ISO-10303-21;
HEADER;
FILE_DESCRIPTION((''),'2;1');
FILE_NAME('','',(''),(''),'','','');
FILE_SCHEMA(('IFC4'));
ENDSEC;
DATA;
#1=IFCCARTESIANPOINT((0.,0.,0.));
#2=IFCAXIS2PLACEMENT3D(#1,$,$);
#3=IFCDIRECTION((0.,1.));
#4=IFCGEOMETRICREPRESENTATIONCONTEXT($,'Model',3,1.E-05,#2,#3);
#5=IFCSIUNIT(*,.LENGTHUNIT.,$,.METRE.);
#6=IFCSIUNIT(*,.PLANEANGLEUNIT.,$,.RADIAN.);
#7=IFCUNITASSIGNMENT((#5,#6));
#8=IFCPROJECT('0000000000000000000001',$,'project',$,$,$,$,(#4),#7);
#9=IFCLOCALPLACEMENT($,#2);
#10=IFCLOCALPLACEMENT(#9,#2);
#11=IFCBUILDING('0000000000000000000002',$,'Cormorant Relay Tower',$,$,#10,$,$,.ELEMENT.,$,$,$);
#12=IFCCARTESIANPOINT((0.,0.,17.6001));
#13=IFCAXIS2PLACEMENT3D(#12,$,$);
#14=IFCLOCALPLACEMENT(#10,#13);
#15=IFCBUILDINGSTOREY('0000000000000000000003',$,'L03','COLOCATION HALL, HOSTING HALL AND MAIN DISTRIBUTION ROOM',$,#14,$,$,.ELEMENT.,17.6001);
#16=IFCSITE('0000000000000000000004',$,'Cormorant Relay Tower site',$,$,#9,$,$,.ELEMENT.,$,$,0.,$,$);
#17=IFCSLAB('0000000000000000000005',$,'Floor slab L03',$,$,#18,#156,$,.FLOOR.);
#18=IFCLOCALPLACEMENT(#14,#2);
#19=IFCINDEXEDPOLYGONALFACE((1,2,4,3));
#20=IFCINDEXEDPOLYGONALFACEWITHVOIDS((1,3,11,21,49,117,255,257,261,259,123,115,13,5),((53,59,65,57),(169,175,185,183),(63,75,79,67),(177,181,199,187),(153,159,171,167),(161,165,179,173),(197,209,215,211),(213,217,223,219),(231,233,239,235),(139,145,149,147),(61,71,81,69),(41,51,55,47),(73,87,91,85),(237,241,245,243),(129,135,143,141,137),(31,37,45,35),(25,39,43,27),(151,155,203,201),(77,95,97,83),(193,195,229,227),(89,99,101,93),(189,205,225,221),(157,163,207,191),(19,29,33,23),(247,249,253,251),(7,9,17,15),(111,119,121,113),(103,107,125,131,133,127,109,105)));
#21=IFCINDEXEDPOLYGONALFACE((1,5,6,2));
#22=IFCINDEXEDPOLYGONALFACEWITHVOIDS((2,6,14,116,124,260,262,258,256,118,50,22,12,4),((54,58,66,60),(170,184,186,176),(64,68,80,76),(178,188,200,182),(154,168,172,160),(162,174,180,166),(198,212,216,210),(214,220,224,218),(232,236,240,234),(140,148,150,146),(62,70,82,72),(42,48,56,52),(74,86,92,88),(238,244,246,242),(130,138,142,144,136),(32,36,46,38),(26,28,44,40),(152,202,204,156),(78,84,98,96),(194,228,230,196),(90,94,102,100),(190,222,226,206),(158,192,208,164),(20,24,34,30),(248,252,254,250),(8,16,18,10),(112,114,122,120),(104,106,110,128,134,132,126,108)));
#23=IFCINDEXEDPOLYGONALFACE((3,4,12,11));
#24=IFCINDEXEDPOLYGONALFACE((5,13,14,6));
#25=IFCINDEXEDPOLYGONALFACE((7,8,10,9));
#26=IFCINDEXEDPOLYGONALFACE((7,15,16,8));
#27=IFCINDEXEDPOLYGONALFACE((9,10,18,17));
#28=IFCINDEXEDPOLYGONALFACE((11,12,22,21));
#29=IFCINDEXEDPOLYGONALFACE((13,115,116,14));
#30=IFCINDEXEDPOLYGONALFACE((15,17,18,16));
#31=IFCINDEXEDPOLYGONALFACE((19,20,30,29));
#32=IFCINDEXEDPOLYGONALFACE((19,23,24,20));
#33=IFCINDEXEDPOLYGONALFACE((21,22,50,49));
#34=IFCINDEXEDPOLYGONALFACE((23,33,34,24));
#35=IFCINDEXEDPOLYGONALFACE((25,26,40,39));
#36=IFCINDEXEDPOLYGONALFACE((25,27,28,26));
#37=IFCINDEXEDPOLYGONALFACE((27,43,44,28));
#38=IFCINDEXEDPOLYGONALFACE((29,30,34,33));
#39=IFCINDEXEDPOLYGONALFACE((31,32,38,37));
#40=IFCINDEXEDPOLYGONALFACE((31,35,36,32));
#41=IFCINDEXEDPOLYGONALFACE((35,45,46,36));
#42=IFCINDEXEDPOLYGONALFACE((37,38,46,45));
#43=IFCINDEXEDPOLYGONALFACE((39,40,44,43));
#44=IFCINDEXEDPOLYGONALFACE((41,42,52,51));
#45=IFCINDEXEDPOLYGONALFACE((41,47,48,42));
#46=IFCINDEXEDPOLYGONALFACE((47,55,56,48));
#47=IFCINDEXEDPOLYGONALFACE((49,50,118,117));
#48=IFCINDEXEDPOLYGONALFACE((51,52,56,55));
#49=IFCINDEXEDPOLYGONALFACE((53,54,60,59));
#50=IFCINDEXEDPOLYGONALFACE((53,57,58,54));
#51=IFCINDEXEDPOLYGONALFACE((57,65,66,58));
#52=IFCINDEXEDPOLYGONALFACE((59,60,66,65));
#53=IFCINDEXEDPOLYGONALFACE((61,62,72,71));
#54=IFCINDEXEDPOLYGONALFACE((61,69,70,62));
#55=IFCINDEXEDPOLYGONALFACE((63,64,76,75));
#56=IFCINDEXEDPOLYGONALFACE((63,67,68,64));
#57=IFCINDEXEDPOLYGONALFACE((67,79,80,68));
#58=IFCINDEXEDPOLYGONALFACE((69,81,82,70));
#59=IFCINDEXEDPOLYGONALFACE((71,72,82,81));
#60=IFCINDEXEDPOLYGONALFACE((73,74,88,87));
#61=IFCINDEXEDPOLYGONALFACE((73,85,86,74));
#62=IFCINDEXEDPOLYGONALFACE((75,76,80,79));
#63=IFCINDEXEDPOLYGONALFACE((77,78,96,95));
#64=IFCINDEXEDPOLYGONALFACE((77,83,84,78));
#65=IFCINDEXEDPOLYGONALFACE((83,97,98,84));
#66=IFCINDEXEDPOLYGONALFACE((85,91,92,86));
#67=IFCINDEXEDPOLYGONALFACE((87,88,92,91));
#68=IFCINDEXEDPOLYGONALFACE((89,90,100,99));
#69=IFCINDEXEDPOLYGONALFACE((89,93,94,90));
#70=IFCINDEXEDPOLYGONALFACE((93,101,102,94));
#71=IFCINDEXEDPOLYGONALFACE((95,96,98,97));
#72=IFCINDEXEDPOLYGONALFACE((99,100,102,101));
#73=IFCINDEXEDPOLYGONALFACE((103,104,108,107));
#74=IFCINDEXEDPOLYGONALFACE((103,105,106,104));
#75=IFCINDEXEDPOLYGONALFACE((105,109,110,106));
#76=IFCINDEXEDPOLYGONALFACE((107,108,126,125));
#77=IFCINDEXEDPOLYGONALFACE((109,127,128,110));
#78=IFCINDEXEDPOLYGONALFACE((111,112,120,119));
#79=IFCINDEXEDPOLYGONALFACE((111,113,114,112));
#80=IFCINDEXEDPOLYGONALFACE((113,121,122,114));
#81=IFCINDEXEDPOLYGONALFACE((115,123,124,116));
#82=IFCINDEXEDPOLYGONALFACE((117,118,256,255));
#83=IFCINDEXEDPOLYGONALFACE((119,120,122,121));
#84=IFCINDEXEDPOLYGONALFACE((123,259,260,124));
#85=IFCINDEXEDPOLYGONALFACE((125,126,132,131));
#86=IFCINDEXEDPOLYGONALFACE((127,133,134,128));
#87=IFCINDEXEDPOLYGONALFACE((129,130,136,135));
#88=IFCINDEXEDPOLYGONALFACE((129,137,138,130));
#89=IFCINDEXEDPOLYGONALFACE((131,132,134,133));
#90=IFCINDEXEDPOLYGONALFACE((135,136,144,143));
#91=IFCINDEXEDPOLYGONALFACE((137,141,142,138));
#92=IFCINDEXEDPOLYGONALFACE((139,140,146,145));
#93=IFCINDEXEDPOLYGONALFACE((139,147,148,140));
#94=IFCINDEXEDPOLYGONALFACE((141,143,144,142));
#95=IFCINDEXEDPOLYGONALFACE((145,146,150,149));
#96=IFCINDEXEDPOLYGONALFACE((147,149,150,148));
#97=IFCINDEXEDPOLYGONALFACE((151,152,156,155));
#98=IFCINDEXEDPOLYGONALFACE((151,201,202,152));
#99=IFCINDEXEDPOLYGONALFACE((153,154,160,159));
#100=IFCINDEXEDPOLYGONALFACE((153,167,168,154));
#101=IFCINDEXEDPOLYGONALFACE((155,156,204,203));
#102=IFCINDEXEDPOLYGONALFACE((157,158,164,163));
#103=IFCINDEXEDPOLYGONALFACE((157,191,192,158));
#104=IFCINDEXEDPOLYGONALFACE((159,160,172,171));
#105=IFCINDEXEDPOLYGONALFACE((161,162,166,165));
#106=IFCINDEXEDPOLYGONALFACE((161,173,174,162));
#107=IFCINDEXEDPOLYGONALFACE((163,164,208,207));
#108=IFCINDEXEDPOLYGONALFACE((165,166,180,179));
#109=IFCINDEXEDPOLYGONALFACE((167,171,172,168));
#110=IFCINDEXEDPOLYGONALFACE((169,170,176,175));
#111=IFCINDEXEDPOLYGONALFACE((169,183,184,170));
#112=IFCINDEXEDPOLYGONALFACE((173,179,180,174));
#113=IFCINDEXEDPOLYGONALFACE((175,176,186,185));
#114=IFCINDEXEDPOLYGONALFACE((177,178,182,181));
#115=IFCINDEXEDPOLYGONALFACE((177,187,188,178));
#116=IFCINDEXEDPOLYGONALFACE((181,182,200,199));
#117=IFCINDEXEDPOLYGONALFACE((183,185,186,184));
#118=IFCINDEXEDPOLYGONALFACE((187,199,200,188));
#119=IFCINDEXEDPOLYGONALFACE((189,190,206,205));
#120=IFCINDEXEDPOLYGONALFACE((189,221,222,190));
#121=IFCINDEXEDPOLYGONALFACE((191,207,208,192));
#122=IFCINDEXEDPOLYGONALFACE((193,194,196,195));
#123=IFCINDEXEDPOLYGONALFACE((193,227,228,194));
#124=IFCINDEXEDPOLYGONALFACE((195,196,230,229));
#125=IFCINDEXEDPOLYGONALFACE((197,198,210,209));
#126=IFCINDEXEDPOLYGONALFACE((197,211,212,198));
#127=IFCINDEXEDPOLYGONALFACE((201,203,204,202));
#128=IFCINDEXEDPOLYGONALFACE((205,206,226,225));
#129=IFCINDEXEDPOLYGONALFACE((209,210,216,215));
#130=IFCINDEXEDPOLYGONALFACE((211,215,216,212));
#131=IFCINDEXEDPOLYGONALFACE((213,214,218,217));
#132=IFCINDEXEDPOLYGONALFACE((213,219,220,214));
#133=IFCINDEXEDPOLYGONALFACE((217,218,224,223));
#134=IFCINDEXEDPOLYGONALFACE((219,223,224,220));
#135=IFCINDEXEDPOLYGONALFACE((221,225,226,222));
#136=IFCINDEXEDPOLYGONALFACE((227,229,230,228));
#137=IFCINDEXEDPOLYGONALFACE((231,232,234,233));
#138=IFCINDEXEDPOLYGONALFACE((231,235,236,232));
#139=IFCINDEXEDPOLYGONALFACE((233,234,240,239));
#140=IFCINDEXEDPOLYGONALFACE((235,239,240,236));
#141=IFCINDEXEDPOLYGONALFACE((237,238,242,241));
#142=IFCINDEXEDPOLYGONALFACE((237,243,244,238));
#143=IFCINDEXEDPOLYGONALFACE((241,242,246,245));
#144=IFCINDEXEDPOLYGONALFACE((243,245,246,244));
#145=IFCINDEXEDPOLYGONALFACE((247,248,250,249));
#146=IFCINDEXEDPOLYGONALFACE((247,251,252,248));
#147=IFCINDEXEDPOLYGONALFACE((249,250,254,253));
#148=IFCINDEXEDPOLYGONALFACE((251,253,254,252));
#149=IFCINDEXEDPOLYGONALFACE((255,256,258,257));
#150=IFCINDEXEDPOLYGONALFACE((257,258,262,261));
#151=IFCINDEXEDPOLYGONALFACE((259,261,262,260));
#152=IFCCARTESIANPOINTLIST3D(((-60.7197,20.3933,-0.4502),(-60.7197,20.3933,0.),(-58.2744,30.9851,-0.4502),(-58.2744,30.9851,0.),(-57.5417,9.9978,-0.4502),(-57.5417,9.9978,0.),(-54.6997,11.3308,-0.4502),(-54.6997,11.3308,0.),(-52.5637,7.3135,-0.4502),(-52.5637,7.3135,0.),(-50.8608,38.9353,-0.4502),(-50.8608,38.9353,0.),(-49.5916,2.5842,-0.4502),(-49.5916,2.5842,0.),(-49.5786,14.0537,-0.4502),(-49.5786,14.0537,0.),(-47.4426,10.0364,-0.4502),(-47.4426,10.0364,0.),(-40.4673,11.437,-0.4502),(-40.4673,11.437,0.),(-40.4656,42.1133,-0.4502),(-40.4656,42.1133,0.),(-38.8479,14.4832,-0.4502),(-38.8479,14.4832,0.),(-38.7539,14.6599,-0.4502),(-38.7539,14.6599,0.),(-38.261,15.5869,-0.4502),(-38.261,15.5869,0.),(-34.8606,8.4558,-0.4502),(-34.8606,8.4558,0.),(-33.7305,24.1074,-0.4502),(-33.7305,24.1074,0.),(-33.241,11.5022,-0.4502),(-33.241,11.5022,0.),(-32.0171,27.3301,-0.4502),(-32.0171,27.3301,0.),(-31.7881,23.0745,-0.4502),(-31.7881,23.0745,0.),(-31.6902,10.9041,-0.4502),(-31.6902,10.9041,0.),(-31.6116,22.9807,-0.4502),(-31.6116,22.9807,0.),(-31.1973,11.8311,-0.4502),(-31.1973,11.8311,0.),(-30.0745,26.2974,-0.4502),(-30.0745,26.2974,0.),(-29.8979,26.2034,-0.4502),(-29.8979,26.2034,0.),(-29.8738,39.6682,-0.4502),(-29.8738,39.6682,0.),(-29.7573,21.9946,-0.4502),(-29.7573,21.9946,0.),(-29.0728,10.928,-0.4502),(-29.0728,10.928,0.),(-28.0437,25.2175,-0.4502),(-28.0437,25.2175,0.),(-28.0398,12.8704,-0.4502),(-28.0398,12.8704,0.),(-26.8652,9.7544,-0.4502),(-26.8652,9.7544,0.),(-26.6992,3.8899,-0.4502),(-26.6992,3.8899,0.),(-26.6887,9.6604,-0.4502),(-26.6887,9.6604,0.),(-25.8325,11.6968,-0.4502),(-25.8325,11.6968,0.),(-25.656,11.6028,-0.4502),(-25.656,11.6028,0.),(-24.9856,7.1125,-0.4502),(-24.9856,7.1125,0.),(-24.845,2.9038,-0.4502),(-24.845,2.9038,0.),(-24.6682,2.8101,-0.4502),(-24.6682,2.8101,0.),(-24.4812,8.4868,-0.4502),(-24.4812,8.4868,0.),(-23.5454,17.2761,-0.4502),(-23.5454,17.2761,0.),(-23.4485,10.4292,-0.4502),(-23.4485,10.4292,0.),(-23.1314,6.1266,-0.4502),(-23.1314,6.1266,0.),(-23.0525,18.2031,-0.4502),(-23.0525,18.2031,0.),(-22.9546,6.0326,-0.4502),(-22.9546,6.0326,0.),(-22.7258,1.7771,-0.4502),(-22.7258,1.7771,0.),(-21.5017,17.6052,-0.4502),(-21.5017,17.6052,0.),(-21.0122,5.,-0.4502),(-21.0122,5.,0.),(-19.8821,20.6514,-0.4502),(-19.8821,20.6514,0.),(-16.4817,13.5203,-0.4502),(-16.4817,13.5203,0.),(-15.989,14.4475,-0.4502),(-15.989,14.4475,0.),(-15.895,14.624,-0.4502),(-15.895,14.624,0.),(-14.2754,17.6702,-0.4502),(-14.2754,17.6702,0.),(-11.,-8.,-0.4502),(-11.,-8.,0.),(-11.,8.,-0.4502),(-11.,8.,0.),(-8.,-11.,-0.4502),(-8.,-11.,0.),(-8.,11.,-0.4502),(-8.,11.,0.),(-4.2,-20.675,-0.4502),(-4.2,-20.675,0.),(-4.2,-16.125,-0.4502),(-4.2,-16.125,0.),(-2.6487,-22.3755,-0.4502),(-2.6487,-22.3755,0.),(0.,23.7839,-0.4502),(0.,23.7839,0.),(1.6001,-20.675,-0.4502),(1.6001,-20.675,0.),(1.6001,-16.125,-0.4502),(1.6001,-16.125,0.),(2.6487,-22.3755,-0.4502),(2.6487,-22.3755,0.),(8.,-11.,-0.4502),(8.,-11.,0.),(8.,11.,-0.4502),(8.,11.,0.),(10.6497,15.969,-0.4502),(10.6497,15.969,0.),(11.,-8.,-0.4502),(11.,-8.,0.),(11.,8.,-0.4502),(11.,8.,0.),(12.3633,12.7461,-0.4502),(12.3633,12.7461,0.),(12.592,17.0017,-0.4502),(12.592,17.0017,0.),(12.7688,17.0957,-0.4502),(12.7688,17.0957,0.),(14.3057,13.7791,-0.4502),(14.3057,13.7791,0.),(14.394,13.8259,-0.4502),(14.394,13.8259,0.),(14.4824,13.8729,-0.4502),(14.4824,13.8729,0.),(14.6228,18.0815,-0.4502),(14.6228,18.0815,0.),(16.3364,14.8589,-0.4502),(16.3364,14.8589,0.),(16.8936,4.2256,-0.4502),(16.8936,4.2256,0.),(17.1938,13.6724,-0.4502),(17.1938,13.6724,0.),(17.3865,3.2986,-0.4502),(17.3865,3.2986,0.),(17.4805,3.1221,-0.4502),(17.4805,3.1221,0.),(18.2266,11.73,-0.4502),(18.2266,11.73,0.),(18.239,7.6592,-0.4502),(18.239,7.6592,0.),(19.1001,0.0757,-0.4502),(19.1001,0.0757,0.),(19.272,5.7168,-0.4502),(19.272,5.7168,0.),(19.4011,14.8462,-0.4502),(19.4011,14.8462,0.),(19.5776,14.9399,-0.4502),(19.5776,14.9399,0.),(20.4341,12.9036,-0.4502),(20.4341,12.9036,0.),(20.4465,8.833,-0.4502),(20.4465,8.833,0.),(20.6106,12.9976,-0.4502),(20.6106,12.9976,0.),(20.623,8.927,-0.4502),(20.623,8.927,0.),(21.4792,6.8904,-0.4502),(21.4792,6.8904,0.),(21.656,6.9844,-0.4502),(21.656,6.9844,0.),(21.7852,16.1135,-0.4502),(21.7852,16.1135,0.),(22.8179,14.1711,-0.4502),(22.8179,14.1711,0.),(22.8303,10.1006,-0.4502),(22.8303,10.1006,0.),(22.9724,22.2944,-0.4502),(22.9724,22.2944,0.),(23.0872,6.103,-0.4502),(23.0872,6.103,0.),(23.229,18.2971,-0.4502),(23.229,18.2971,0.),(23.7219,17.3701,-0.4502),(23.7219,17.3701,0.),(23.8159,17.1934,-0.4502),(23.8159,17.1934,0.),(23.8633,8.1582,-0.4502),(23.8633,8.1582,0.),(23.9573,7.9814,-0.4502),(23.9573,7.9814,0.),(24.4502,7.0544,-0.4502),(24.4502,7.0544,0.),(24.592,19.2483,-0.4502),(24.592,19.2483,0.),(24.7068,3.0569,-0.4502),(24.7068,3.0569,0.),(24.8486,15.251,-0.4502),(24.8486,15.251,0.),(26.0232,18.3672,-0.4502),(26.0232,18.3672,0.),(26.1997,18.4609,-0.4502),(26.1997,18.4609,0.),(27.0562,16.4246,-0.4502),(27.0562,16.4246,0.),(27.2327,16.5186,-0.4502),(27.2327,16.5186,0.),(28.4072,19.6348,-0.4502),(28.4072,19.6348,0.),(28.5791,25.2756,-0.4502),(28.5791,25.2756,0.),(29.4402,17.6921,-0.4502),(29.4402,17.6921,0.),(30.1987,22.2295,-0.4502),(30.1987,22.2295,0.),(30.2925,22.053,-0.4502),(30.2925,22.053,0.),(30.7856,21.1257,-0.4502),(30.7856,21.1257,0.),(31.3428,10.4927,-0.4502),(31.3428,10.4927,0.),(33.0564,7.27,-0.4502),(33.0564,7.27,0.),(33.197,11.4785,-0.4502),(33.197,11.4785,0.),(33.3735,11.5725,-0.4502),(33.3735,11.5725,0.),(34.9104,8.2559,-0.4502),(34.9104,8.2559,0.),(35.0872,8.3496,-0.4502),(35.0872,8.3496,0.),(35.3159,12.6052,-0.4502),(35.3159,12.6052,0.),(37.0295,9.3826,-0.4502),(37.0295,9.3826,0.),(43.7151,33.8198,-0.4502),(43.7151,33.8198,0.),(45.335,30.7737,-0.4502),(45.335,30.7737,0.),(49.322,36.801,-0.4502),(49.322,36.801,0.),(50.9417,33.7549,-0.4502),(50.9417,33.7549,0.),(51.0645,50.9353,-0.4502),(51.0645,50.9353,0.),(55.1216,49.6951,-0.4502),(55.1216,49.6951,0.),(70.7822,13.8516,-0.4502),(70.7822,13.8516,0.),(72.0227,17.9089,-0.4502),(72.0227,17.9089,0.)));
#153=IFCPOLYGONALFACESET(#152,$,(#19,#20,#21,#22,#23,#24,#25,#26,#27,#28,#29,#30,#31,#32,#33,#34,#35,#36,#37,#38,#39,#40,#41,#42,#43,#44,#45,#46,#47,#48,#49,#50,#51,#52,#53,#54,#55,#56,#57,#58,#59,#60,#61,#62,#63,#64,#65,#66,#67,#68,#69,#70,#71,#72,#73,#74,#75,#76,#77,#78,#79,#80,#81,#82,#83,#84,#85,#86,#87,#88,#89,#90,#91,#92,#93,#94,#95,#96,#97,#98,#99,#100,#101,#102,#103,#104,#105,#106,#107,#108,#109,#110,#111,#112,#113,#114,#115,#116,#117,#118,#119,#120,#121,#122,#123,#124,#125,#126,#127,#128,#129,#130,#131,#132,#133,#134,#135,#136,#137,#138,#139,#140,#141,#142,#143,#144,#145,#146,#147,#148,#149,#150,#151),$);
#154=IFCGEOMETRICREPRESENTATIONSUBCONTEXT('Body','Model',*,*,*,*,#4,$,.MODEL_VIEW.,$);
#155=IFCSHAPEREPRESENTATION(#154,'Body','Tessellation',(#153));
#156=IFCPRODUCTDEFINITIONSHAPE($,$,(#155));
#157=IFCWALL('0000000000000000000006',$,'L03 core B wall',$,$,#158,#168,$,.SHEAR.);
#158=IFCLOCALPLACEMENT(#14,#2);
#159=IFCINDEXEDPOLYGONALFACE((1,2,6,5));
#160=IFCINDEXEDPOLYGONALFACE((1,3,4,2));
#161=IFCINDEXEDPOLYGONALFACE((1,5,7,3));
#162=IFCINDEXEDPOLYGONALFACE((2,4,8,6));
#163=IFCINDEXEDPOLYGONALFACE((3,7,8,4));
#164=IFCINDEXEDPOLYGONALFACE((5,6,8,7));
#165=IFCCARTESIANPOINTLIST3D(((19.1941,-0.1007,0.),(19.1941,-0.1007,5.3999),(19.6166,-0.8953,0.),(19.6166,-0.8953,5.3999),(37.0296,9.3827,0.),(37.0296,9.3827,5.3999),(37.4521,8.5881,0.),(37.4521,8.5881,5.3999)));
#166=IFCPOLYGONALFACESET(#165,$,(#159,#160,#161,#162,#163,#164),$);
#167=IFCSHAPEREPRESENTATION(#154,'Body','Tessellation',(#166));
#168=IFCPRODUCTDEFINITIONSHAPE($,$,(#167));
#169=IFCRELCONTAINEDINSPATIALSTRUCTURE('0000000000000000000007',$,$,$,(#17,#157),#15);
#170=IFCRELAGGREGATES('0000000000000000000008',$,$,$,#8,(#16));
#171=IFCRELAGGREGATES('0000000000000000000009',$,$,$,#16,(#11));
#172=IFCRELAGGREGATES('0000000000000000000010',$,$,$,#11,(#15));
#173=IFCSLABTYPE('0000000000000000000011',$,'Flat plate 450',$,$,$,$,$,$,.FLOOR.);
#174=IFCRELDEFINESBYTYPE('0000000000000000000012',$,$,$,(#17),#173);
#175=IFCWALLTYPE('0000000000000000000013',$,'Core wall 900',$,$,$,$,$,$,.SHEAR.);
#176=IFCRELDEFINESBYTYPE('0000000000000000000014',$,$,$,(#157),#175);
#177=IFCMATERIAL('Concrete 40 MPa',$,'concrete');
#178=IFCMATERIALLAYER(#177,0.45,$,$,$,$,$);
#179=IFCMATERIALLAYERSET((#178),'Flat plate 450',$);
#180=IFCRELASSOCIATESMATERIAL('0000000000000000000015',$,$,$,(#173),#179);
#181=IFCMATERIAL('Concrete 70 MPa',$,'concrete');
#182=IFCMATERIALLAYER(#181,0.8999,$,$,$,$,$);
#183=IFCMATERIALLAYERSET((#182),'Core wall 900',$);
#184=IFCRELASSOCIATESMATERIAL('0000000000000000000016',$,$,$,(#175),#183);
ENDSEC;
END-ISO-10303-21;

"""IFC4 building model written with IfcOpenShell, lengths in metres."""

from ifc_helpers import new_model, si_unit, direction, frame, frame_2d, origin, place, context, subcontext, project, spatial, polyline, rectangle, outline, extrude, material, layer, layer_set, type_object, element, save


model = new_model("IFC4")

# Units and contexts
model_context = context("Model", 3, precision=1e-05, world=origin(), true_north=direction((0.0, 1.0)))
body_context = subcontext(model_context, "Body", "Model", "MODEL_VIEW")
ifc_project = project(units=[si_unit("LENGTHUNIT", "METRE"), si_unit("PLANEANGLEUNIT", "RADIAN")], contexts=[model_context])

# Site, building, storey
site_placement = place(None, origin())
site = spatial("IfcSite", under=ifc_project, at=site_placement, Name="Cormorant Relay Tower site", CompositionType="ELEMENT", RefElevation=0.0)
building_placement = place(site_placement, origin())
building = spatial("IfcBuilding", under=site, at=building_placement, Name="Cormorant Relay Tower", CompositionType="ELEMENT")
storey_placement = place(building_placement, frame((0.0, 0.0, 17.6001)))
storey = spatial("IfcBuildingStorey", under=building, at=storey_placement, Name="L03", Description="COLOCATION HALL, HOSTING HALL AND MAIN DISTRIBUTION ROOM", CompositionType="ELEMENT", Elevation=17.6001)

# Slab
ifc_material_1 = material(Name="Concrete 40 MPa", Category="concrete")
ifc_layer_1 = layer(ifc_material_1, 0.45)
ifc_layer_set_1 = layer_set([ifc_layer_1], Name="Flat plate 450")
slab_type_1 = type_object("IfcSlabType", Name="Flat plate 450", PredefinedType="FLOOR", material=ifc_layer_set_1)
slab_1_placement = place(storey_placement, frame((0.0, 0.0, -0.4502)))
element("IfcSlab", 1, at=slab_1_placement, inside=storey, type_object=slab_type_1, Name="Floor slab L03", PredefinedType="FLOOR", context=body_context, shape_type="SweptSolid", body=[
    extrude(outline(polyline([(-60.7197, 20.3933), (-58.2744, 30.9851), (-50.8608, 38.9353), (-40.4656, 42.1133), (-29.8738, 39.6682), (0.0, 23.7839), (51.0645, 50.9353), (55.1216, 49.6951), (72.0227, 17.9089), (70.7822, 13.8516), (2.6487, -22.3755), (-2.6487, -22.3755), (-49.5916, 2.5842), (-57.5417, 9.9978), (-60.7197, 20.3933)]), holes=[polyline([(11.0, -8.0), (11.0, 8.0), (8.0, 11.0), (-8.0, 11.0), (-11.0, 8.0), (-11.0, -8.0), (-8.0, -11.0), (8.0, -11.0), (11.0, -8.0)]), polyline([(-4.2, -16.125), (-4.2, -20.675), (1.6001, -20.675), (1.6001, -16.125), (-4.2, -16.125)]), polyline([(-22.9546, 6.0327), (-24.6682, 2.8101), (-22.7258, 1.7771), (-21.0122, 5.0), (-23.043, 6.0796), (-22.9546, 6.0327)]), polyline([(-24.9856, 7.1125), (-26.6992, 3.8899), (-24.845, 2.9038), (-23.1313, 6.1267), (-23.043, 6.0796), (-24.9856, 7.1125)]), polyline([(-24.4812, 8.4868), (-23.4485, 10.4292), (-25.656, 11.6028), (-26.6887, 9.6604), (-24.4812, 8.4868)]), polyline([(-49.5786, 14.0537), (-54.6997, 11.3308), (-52.5637, 7.3135), (-47.4426, 10.0364), (-49.5786, 14.0537)]), polyline([(-25.8325, 11.6968), (-28.0398, 12.8704), (-29.0728, 10.928), (-26.8652, 9.7544), (-25.8325, 11.6968)]), polyline([(-38.8479, 14.4832), (-40.4673, 11.437), (-34.8606, 8.4558), (-33.241, 11.5022), (-38.8479, 14.4832)]), polyline([(-38.261, 15.5869), (-38.7539, 14.6599), (-31.6902, 10.9041), (-31.1973, 11.8311), (-38.261, 15.5869)]), polyline([(14.3057, 13.7791), (12.592, 17.0017), (10.6497, 15.969), (12.3633, 12.7461), (14.394, 13.8259), (14.3057, 13.7791)]), polyline([(16.3364, 14.8589), (14.6228, 18.0815), (12.7688, 17.0957), (14.4824, 13.8728), (14.394, 13.8259), (16.3364, 14.8589)]), polyline([(-16.4817, 13.5203), (-15.989, 14.4475), (-23.0525, 18.2031), (-23.5454, 17.2761), (-16.4817, 13.5203)]), polyline([(-21.5017, 17.6052), (-15.895, 14.624), (-14.2754, 17.6702), (-19.8821, 20.6514), (-21.5017, 17.6052)]), polyline([(-31.6116, 22.9807), (-29.7573, 21.9946), (-28.0437, 25.2175), (-29.8979, 26.2034), (-31.6116, 22.9807)]), polyline([(-33.7305, 24.1074), (-31.7881, 23.0745), (-30.0745, 26.2974), (-32.0171, 27.3301), (-33.7305, 24.1074)]), polyline([(23.0872, 6.103), (17.4805, 3.1221), (19.1001, 0.0757), (24.7068, 3.0569), (23.0872, 6.103)]), polyline([(16.8936, 4.2256), (17.3865, 3.2986), (24.4502, 7.0544), (23.9573, 7.9814), (16.8936, 4.2256)]), polyline([(20.4465, 8.833), (18.239, 7.6592), (19.272, 5.7168), (21.4792, 6.8904), (20.4465, 8.833)]), polyline([(20.623, 8.927), (21.656, 6.9844), (23.8633, 8.1582), (22.8303, 10.1006), (20.623, 8.927)]), polyline([(33.197, 11.4785), (31.3428, 10.4927), (33.0564, 7.27), (34.9104, 8.2559), (33.197, 11.4785)]), polyline([(33.3735, 11.5725), (35.0872, 8.3496), (37.0295, 9.3826), (35.3159, 12.6052), (33.3735, 11.5725)]), polyline([(17.1938, 13.6724), (18.2266, 11.73), (20.4341, 12.9036), (19.4011, 14.8462), (17.1938, 13.6724)]), polyline([(20.6106, 12.9976), (22.8179, 14.1711), (21.7852, 16.1135), (19.5776, 14.9399), (20.6106, 12.9976)]), polyline([(26.0232, 18.3672), (23.8159, 17.1934), (24.8486, 15.251), (27.0562, 16.4246), (26.0232, 18.3672)]), polyline([(29.4402, 17.6921), (28.4072, 19.6348), (26.1997, 18.4609), (27.2327, 16.5186), (29.4402, 17.6921)]), polyline([(30.7856, 21.1257), (30.2925, 22.053), (23.229, 18.2971), (23.7219, 17.3701), (30.7856, 21.1257)]), polyline([(24.592, 19.2483), (30.1987, 22.2295), (28.5791, 25.2756), (22.9724, 22.2944), (24.592, 19.2483)]), polyline([(45.335, 30.7737), (50.9417, 33.7549), (49.322, 36.801), (43.7151, 33.8198), (45.335, 30.7737)])]), origin(), (0.0, 0.0, 1.0), 0.4502),
])

# Shared definitions
ifc_material_2 = material(Name="Concrete 70 MPa", Category="concrete")
ifc_layer_2 = layer(ifc_material_2, 0.8999)
ifc_layer_set_2 = layer_set([ifc_layer_2], Name="Core wall 900")
wall_type_1 = type_object("IfcWallType", Name="Core wall 900", PredefinedType="SHEAR", material=ifc_layer_set_2)

# Wall
wall_1_placement = place(storey_placement, frame((19.4053, -0.498, 0.0), z_axis=(0.0, 0.0, 1.0), x_axis=(0.882945, 0.469476, 0.0)))
element("IfcWall", 2, at=wall_1_placement, inside=storey, type_object=wall_type_1, Name="L03 core B wall", PredefinedType="SHEAR", context=body_context, shape_type="SweptSolid", body=[
    extrude(rectangle(XDim=20.2, YDim=0.8999, at=frame_2d((10.1001, 0.0))), origin(), (0.0, 0.0, 1.0), 5.3999),
])

save(model, "model.ifc")
